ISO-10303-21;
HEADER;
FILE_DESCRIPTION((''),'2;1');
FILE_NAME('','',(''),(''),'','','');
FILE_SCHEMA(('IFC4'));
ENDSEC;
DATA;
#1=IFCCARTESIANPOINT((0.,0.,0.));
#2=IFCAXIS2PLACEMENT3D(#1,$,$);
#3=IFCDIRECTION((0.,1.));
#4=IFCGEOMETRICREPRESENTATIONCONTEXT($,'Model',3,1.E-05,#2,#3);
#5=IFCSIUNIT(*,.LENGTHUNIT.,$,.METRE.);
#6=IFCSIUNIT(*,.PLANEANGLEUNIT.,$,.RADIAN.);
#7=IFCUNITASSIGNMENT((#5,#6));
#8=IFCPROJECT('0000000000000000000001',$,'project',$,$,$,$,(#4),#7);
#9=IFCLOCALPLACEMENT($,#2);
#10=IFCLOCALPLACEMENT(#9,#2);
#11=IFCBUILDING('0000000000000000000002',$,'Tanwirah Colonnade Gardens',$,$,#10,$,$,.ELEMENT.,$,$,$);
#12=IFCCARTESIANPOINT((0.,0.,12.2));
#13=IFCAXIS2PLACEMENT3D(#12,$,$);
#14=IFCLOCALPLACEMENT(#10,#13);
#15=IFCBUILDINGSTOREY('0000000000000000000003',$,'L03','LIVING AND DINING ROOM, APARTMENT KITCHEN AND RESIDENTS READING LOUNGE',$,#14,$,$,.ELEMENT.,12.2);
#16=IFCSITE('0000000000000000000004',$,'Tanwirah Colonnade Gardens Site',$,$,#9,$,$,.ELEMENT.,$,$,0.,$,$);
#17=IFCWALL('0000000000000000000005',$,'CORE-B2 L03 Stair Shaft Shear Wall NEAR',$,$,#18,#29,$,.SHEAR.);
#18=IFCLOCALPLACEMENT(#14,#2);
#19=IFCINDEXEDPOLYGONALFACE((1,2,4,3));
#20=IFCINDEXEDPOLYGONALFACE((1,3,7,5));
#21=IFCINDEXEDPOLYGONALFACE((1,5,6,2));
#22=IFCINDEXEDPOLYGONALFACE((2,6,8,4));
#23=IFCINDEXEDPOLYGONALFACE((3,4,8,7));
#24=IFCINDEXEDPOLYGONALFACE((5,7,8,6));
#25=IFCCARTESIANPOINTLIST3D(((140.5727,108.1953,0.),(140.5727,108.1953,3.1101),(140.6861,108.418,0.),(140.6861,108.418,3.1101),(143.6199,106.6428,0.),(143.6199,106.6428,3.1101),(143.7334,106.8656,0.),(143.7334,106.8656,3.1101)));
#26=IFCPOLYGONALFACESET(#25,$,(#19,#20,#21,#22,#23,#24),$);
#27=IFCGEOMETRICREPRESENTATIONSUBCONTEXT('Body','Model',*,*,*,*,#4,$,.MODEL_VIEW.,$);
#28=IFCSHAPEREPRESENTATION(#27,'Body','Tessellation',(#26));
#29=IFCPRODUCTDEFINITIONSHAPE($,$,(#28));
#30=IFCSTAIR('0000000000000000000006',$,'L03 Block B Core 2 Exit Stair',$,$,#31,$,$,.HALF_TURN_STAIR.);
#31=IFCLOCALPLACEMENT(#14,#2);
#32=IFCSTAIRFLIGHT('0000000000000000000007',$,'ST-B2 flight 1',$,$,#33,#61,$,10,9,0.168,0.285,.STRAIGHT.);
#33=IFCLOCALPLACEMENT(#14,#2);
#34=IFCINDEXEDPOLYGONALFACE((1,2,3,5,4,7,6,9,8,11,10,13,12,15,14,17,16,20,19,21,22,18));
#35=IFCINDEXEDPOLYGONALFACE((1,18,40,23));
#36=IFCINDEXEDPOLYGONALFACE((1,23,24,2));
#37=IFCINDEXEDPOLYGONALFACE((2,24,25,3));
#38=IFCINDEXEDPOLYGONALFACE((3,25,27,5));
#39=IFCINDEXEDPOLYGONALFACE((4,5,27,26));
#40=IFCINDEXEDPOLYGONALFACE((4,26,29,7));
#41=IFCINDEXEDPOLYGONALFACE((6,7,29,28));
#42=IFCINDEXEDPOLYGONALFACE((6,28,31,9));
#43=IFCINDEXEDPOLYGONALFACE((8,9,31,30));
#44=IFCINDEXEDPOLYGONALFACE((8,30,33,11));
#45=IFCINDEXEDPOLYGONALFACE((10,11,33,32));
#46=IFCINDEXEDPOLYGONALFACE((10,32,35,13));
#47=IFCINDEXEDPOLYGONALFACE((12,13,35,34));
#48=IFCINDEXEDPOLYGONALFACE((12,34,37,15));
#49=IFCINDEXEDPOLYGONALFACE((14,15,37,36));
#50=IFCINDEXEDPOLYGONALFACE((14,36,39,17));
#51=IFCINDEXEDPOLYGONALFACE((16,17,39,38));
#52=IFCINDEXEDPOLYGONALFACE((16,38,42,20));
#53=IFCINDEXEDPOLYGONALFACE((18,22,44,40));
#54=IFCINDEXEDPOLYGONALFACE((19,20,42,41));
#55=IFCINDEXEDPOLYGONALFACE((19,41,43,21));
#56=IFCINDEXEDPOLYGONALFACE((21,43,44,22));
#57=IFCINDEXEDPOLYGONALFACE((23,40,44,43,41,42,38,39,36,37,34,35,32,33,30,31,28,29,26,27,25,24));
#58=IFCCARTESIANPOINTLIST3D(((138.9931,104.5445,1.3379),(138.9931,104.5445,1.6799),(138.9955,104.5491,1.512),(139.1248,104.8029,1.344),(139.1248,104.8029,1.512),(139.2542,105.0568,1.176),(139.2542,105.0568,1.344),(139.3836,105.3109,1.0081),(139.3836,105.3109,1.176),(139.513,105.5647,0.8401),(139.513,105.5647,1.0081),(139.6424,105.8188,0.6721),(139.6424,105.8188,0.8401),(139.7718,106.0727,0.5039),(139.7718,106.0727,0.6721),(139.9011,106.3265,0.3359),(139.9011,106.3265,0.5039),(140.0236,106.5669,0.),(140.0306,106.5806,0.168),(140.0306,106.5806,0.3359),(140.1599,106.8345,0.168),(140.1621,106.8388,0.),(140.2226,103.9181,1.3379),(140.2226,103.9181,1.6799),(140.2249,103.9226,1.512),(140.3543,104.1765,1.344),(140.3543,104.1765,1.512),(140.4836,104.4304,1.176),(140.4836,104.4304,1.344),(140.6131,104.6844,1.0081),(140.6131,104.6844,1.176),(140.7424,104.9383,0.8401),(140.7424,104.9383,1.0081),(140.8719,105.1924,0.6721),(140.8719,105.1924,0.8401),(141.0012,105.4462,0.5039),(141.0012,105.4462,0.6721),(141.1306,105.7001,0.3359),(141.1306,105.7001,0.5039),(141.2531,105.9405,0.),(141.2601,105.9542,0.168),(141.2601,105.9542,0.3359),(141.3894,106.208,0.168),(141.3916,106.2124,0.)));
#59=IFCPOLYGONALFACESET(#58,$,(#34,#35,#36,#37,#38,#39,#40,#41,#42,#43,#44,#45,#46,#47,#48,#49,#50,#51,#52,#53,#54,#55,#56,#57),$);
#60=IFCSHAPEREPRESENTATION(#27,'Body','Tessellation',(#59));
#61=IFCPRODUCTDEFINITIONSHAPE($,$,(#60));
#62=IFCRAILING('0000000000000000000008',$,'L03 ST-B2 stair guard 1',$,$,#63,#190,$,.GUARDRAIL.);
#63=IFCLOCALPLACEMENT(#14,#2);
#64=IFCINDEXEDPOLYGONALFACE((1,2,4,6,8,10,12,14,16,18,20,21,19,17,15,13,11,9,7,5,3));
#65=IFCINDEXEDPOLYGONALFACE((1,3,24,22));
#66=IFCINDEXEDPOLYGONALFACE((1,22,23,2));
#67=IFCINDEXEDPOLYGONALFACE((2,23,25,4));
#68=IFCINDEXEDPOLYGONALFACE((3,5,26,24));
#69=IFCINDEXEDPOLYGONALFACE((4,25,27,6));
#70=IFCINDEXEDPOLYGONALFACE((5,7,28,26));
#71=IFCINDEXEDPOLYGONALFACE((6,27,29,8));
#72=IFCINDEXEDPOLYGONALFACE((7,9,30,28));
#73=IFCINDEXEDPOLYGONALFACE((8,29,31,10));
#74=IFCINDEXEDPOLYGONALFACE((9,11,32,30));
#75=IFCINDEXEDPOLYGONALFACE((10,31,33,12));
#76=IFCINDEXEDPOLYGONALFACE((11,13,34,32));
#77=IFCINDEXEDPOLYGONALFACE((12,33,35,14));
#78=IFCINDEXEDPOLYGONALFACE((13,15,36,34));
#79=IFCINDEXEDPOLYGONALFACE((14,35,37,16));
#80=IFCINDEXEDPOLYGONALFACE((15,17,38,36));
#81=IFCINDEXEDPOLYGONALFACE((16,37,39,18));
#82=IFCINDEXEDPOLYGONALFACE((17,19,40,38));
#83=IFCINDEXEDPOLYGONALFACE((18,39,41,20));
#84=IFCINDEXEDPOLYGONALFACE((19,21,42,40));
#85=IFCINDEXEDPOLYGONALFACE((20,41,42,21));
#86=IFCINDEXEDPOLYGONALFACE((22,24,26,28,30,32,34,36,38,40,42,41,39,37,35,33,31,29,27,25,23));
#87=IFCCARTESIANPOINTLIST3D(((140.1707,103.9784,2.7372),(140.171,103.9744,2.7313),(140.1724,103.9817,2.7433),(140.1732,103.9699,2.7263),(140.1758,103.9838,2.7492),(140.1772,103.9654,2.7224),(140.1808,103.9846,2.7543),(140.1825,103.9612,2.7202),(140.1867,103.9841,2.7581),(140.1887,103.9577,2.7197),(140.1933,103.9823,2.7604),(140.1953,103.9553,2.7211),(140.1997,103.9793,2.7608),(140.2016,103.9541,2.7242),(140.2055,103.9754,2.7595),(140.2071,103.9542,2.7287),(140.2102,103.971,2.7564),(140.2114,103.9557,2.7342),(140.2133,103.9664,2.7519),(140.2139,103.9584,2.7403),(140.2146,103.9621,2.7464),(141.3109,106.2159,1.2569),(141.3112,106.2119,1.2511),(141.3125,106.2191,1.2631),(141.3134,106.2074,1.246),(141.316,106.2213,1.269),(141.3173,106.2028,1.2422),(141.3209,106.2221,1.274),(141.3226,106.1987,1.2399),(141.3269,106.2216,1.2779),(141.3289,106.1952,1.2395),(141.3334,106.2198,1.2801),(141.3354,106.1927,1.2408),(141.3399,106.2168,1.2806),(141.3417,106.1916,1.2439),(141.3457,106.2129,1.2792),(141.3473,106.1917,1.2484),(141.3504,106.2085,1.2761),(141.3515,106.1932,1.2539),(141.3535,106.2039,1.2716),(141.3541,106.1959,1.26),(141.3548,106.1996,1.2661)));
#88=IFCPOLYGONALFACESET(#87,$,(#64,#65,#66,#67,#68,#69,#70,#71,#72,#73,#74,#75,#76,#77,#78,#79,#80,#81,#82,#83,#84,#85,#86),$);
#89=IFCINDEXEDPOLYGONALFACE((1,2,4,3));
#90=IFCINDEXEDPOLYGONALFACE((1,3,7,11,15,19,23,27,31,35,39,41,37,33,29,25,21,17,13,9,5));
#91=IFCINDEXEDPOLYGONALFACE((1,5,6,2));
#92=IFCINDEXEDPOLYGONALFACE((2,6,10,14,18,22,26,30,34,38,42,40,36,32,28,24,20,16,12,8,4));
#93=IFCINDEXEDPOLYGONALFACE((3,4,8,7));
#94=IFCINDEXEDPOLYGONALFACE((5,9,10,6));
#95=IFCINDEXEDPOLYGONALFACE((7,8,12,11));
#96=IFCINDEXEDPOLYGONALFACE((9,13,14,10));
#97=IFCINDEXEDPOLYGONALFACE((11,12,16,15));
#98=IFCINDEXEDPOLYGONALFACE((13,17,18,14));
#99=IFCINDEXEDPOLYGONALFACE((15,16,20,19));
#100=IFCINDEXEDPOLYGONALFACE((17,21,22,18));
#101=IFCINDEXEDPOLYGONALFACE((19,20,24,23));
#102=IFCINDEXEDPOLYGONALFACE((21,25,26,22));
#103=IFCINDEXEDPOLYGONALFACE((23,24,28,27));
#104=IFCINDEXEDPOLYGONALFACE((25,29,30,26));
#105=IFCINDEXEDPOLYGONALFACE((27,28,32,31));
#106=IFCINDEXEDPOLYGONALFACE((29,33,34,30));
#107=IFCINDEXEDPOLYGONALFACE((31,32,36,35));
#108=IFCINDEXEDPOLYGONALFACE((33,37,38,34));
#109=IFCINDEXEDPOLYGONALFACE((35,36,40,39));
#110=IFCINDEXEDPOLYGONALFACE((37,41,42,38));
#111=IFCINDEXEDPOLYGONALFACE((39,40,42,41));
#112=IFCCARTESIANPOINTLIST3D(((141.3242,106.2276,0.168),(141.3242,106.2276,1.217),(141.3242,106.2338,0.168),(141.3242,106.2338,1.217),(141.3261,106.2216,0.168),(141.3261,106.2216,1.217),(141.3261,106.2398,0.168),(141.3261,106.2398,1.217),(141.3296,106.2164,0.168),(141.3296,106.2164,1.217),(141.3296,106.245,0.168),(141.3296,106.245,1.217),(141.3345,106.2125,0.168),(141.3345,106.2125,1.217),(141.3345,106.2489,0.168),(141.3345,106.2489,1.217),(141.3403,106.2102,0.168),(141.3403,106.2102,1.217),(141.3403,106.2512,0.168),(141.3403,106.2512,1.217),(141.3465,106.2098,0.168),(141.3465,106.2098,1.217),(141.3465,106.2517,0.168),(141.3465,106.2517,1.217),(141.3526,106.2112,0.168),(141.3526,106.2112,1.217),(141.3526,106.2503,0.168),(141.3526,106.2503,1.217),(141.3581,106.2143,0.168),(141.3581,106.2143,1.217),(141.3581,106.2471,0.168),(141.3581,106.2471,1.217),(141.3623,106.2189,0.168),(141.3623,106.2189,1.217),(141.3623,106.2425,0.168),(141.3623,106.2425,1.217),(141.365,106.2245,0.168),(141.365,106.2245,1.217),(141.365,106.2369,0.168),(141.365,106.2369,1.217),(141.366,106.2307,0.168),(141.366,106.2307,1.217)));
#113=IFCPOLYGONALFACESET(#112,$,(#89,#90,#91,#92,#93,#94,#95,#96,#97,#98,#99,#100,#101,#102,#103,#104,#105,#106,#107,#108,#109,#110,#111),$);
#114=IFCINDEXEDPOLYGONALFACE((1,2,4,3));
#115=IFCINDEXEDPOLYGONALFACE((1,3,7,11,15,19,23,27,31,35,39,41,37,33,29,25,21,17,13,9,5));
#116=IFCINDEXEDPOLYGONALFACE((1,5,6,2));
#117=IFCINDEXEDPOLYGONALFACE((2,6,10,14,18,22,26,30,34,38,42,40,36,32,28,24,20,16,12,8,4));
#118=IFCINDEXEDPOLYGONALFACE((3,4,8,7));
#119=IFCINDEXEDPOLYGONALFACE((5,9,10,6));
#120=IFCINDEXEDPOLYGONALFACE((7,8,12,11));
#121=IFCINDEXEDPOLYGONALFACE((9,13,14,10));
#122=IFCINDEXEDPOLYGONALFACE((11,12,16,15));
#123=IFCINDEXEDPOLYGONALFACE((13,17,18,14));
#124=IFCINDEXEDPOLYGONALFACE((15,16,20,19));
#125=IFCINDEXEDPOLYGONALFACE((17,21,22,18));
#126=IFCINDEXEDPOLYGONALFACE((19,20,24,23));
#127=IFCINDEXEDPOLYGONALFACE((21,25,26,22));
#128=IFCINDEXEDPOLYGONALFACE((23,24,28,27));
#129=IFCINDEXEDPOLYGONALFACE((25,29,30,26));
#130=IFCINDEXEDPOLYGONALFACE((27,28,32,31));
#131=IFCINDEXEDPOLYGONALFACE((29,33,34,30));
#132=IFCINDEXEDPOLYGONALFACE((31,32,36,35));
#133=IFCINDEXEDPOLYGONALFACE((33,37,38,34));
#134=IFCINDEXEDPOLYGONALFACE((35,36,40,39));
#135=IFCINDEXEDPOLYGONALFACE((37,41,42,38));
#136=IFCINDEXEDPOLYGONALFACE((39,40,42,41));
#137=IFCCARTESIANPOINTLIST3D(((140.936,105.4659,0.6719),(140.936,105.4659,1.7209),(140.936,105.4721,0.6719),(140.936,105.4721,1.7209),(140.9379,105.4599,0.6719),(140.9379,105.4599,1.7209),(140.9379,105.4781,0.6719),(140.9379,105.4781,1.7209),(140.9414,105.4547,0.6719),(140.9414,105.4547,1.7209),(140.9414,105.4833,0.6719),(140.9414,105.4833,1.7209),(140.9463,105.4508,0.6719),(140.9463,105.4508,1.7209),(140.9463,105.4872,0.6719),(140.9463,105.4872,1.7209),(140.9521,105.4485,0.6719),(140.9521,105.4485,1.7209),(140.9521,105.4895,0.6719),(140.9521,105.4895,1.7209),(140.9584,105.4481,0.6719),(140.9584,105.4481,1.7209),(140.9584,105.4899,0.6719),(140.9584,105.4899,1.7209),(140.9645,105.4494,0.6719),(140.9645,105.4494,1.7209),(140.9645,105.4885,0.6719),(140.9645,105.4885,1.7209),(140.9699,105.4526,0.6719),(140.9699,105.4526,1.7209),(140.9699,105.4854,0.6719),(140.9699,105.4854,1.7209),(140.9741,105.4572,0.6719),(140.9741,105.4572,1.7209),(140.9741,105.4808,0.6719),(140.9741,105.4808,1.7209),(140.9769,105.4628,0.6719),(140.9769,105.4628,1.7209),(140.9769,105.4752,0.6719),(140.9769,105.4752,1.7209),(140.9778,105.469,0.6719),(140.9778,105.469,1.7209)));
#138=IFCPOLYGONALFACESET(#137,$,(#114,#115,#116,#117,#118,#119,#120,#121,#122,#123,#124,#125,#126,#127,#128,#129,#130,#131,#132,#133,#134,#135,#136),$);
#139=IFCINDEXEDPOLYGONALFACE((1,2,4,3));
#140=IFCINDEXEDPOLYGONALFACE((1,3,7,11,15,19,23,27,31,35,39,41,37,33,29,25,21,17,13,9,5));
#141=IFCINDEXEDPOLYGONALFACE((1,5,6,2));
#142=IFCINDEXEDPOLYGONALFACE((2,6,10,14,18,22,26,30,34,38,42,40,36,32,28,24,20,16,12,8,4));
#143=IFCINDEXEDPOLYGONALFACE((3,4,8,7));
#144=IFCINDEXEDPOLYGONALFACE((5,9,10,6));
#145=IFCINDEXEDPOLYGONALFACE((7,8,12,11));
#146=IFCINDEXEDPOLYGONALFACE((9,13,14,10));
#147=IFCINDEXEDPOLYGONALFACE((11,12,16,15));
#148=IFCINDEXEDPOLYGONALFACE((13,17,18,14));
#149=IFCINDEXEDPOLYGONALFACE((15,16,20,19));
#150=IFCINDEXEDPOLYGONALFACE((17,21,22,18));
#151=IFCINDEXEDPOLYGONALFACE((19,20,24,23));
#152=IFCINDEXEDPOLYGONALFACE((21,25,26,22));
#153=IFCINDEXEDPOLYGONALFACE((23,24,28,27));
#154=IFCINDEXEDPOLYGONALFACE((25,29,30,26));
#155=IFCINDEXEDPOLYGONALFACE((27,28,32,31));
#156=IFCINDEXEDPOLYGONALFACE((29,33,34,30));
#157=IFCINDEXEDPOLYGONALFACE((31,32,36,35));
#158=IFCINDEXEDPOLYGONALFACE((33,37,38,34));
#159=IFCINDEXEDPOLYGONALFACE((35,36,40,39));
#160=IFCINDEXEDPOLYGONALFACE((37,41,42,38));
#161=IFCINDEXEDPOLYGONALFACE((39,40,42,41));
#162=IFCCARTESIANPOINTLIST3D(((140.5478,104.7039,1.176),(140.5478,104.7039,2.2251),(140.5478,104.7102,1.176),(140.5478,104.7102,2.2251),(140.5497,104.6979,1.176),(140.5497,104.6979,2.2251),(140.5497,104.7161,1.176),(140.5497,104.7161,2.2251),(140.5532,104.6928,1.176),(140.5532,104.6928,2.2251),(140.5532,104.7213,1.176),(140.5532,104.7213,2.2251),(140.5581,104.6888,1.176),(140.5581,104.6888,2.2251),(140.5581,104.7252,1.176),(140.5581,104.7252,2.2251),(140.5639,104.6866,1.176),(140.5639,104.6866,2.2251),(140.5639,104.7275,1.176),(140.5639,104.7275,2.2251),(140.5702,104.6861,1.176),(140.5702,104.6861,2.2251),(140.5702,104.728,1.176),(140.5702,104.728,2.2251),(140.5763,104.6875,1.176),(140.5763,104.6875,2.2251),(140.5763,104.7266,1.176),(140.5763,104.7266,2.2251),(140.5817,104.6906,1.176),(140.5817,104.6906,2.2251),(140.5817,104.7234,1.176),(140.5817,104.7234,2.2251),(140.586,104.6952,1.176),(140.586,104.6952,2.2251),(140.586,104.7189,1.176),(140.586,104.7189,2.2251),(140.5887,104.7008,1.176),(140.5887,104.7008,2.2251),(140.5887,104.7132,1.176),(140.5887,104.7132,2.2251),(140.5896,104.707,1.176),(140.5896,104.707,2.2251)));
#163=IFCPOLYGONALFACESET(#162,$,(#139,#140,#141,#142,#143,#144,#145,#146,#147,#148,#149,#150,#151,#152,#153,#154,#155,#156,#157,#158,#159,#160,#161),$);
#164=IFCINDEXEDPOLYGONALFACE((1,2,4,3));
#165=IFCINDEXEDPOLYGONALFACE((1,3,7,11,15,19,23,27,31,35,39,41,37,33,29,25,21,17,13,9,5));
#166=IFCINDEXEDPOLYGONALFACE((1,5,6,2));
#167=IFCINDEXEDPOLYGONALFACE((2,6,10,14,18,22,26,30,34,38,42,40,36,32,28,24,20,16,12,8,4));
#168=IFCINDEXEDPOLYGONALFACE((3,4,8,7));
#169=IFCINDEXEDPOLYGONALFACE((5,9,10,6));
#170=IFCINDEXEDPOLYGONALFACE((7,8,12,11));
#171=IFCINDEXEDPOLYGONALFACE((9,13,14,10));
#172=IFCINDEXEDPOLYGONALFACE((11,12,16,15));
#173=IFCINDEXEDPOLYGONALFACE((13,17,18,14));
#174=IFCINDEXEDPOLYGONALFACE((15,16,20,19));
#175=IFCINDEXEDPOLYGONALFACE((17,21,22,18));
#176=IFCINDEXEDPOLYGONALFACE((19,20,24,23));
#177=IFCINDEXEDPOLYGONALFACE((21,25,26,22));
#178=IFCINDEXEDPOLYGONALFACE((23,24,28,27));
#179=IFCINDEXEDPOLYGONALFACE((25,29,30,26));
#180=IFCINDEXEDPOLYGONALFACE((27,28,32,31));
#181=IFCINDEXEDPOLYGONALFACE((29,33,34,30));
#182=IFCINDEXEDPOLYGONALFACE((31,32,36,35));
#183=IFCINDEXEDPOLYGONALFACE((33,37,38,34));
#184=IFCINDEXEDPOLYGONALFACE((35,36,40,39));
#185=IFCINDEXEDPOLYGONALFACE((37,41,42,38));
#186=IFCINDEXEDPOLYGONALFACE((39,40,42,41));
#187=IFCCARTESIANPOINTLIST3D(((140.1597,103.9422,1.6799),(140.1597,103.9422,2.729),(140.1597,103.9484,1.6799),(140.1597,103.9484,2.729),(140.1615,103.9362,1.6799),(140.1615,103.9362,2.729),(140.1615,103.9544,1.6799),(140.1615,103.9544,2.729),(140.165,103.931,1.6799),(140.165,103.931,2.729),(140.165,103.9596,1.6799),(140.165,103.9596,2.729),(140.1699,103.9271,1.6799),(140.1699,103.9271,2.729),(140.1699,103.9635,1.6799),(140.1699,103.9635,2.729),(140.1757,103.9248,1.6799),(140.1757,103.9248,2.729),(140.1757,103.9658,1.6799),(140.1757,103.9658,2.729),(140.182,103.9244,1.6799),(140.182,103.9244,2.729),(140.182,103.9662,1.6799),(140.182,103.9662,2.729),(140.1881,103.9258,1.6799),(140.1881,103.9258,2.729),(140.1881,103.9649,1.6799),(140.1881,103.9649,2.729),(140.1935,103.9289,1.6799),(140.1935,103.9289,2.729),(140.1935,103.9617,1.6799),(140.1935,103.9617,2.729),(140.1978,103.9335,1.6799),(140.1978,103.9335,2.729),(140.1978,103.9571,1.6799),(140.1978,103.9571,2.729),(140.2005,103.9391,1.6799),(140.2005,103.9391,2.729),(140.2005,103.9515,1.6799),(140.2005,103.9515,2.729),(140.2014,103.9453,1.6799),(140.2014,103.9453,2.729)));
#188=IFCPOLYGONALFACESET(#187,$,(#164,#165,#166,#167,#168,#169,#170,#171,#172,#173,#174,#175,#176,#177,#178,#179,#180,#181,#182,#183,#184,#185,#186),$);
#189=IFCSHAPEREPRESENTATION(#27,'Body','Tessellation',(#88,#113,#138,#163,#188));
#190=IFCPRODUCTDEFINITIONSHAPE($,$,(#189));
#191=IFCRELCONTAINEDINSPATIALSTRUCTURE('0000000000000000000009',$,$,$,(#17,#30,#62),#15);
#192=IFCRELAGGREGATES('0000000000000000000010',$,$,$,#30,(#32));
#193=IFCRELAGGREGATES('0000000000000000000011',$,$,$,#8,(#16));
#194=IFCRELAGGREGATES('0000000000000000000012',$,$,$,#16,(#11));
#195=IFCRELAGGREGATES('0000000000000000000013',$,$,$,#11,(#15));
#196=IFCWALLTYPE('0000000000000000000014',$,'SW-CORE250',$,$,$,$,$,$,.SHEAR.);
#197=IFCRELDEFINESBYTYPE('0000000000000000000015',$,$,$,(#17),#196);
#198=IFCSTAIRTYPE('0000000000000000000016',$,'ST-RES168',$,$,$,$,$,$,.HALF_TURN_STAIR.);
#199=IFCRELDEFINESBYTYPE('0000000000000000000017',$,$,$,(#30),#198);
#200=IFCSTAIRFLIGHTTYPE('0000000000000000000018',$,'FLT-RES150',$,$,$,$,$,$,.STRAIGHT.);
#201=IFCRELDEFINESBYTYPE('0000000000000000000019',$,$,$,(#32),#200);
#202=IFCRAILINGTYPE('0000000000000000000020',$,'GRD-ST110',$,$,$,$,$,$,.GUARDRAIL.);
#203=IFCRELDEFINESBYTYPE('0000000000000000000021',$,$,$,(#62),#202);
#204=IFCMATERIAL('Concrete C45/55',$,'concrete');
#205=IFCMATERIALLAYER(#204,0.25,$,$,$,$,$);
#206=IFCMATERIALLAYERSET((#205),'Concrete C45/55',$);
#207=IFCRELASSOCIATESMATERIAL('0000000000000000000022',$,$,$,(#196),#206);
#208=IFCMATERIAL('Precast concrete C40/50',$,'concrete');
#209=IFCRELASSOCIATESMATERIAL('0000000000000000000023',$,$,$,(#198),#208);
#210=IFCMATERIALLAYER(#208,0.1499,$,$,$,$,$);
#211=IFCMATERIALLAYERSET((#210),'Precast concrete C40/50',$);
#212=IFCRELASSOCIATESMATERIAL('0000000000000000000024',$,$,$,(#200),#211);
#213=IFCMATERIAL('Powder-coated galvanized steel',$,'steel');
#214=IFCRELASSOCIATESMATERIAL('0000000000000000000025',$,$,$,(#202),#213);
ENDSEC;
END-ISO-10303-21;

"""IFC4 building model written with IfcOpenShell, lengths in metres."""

from ifc_helpers import new_model, si_unit, direction, frame, frame_2d, origin, origin_2d, place, context, subcontext, project, spatial, polyline, rectangle, circle, outline, extrude, material, layer, layer_set, type_object, element, aggregate, save


model = new_model("IFC4")

# Units and contexts
model_context = context("Model", 3, precision=1e-05, world=origin(), true_north=direction((0.0, 1.0)))
body_context = subcontext(model_context, "Body", "Model", "MODEL_VIEW")
ifc_project = project(units=[si_unit("LENGTHUNIT", "METRE"), si_unit("PLANEANGLEUNIT", "RADIAN")], contexts=[model_context])

# Site, building, storey
site_placement = place(None, origin())
site = spatial("IfcSite", under=ifc_project, at=site_placement, Name="Tanwirah Colonnade Gardens Site", CompositionType="ELEMENT", RefElevation=0.0)
building_placement = place(site_placement, origin())
building = spatial("IfcBuilding", under=site, at=building_placement, Name="Tanwirah Colonnade Gardens", CompositionType="ELEMENT")
storey_placement = place(building_placement, frame((0.0, 0.0, 12.2)))
storey = spatial("IfcBuildingStorey", under=building, at=storey_placement, Name="L03", Description="LIVING AND DINING ROOM, APARTMENT KITCHEN AND RESIDENTS READING LOUNGE", CompositionType="ELEMENT", Elevation=12.2)

# Shared definitions
ifc_material_1 = material(Name="Precast concrete C40/50", Category="concrete")

# Wall
ifc_material_2 = material(Name="Concrete C45/55", Category="concrete")
ifc_layer_1 = layer(ifc_material_2, 0.25)
ifc_layer_set_1 = layer_set([ifc_layer_1], Name="Concrete C45/55")
wall_type_1 = type_object("IfcWallType", Name="SW-CORE250", PredefinedType="SHEAR", material=ifc_layer_set_1)
wall_1_placement = place(storey_placement, frame((140.6294, 108.3066, 0.0), z_axis=(0.0, 0.0, 1.0), x_axis=(0.891032, -0.45394, 0.0)))
element("IfcWall", 1, at=wall_1_placement, inside=storey, type_object=wall_type_1, Name="CORE-B2 L03 Stair Shaft Shear Wall NEAR", PredefinedType="SHEAR", context=body_context, shape_type="SweptSolid", body=[
    extrude(rectangle(XDim=3.4199, YDim=0.25, at=frame_2d((1.71, 0.0))), origin(), (0.0, 0.0, 1.0), 3.1101),
])

# Stair, stair flight
stair_type = type_object("IfcStairType", Name="ST-RES168", PredefinedType="HALF_TURN_STAIR", material=ifc_material_1)
stair_placement = place(storey_placement, origin())
stair = element("IfcStair", 2, at=stair_placement, inside=storey, type_object=stair_type, Name="L03 Block B Core 2 Exit Stair", PredefinedType="HALF_TURN_STAIR")
ifc_layer_2 = layer(ifc_material_1, 0.1499)
ifc_layer_set_2 = layer_set([ifc_layer_2], Name="Precast concrete C40/50")
stair_flight_type = type_object("IfcStairFlightType", Name="FLT-RES150", PredefinedType="STRAIGHT", material=ifc_layer_set_2)
stair_flight_placement = place(storey_placement, frame((140.7747, 106.5212, 0.0), z_axis=(0.0, 0.0, 1.0), x_axis=(-0.45399, -0.891007, 0.0)))
stair_flight = element("IfcStairFlight", 3, at=stair_flight_placement, type_object=stair_flight_type, Name="ST-B2 flight 1", NumberOfRisers=10, NumberOfTreads=9, PredefinedType="STRAIGHT", RiserHeight=0.168, TreadLength=0.285, context=body_context, shape_type="SweptSolid", body=[
    extrude(outline(polyline([(-0.0049, 0.0), (0.0, 0.168), (0.2849, 0.168), (0.2849, 0.3359), (0.5701, 0.3359), (0.5701, 0.5039), (0.855, 0.5039), (0.855, 0.6721), (1.1399, 0.6721), (1.1399, 0.8401), (1.425, 0.8401), (1.425, 1.0081), (1.71, 1.0081), (1.71, 1.176), (1.9951, 1.176), (1.9951, 1.344), (2.28, 1.344), (2.28, 1.512), (2.5649, 1.512), (2.5701, 1.6799), (2.5701, 1.3379), (0.3003, 0.0), (-0.0049, 0.0)])), frame((0.0, 0.6899, 0.0), z_axis=(0.0, -1.0, 0.0), x_axis=(1.0, 0.0, 0.0)), (0.0, 0.0, 1.0), 1.3799),
])
aggregate(stair, [stair_flight])

# Railing
ifc_material_3 = material(Name="Powder-coated galvanized steel", Category="steel")
railing_type_1 = type_object("IfcRailingType", Name="GRD-ST110", PredefinedType="GUARDRAIL", material=ifc_material_3)
railing_1_placement = place(storey_placement, frame((141.345, 106.2307, 0.168)))
element("IfcRailing", 4, at=railing_1_placement, inside=storey, type_object=railing_type_1, Name="L03 ST-B2 stair guard 1", PredefinedType="GUARDRAIL", context=body_context, shape_type="SweptSolid", body=[
    extrude(circle(Radius=0.0239, at=origin_2d()), frame((-0.0122, -0.0239, 1.092), z_axis=(-0.391122, -0.767567, 0.507803), x_axis=(0.890994, -0.454016, 0.0)), (0.0, 0.0, 1.0), 2.915),
    extrude(circle(Radius=0.021, at=origin_2d()), origin(), (0.0, 0.0, 1.0), 1.0491),
    extrude(circle(Radius=0.021, at=origin_2d()), frame((-0.3882, -0.7617, 0.5039)), (0.0, 0.0, 1.0), 1.0491),
    extrude(circle(Radius=0.021, at=origin_2d()), frame((-0.7764, -1.5237, 1.0081)), (0.0, 0.0, 1.0), 1.0491),
    extrude(circle(Radius=0.021, at=origin_2d()), frame((-1.1646, -2.2854, 1.512)), (0.0, 0.0, 1.0), 1.0491),
])

save(model, "model.ifc")
